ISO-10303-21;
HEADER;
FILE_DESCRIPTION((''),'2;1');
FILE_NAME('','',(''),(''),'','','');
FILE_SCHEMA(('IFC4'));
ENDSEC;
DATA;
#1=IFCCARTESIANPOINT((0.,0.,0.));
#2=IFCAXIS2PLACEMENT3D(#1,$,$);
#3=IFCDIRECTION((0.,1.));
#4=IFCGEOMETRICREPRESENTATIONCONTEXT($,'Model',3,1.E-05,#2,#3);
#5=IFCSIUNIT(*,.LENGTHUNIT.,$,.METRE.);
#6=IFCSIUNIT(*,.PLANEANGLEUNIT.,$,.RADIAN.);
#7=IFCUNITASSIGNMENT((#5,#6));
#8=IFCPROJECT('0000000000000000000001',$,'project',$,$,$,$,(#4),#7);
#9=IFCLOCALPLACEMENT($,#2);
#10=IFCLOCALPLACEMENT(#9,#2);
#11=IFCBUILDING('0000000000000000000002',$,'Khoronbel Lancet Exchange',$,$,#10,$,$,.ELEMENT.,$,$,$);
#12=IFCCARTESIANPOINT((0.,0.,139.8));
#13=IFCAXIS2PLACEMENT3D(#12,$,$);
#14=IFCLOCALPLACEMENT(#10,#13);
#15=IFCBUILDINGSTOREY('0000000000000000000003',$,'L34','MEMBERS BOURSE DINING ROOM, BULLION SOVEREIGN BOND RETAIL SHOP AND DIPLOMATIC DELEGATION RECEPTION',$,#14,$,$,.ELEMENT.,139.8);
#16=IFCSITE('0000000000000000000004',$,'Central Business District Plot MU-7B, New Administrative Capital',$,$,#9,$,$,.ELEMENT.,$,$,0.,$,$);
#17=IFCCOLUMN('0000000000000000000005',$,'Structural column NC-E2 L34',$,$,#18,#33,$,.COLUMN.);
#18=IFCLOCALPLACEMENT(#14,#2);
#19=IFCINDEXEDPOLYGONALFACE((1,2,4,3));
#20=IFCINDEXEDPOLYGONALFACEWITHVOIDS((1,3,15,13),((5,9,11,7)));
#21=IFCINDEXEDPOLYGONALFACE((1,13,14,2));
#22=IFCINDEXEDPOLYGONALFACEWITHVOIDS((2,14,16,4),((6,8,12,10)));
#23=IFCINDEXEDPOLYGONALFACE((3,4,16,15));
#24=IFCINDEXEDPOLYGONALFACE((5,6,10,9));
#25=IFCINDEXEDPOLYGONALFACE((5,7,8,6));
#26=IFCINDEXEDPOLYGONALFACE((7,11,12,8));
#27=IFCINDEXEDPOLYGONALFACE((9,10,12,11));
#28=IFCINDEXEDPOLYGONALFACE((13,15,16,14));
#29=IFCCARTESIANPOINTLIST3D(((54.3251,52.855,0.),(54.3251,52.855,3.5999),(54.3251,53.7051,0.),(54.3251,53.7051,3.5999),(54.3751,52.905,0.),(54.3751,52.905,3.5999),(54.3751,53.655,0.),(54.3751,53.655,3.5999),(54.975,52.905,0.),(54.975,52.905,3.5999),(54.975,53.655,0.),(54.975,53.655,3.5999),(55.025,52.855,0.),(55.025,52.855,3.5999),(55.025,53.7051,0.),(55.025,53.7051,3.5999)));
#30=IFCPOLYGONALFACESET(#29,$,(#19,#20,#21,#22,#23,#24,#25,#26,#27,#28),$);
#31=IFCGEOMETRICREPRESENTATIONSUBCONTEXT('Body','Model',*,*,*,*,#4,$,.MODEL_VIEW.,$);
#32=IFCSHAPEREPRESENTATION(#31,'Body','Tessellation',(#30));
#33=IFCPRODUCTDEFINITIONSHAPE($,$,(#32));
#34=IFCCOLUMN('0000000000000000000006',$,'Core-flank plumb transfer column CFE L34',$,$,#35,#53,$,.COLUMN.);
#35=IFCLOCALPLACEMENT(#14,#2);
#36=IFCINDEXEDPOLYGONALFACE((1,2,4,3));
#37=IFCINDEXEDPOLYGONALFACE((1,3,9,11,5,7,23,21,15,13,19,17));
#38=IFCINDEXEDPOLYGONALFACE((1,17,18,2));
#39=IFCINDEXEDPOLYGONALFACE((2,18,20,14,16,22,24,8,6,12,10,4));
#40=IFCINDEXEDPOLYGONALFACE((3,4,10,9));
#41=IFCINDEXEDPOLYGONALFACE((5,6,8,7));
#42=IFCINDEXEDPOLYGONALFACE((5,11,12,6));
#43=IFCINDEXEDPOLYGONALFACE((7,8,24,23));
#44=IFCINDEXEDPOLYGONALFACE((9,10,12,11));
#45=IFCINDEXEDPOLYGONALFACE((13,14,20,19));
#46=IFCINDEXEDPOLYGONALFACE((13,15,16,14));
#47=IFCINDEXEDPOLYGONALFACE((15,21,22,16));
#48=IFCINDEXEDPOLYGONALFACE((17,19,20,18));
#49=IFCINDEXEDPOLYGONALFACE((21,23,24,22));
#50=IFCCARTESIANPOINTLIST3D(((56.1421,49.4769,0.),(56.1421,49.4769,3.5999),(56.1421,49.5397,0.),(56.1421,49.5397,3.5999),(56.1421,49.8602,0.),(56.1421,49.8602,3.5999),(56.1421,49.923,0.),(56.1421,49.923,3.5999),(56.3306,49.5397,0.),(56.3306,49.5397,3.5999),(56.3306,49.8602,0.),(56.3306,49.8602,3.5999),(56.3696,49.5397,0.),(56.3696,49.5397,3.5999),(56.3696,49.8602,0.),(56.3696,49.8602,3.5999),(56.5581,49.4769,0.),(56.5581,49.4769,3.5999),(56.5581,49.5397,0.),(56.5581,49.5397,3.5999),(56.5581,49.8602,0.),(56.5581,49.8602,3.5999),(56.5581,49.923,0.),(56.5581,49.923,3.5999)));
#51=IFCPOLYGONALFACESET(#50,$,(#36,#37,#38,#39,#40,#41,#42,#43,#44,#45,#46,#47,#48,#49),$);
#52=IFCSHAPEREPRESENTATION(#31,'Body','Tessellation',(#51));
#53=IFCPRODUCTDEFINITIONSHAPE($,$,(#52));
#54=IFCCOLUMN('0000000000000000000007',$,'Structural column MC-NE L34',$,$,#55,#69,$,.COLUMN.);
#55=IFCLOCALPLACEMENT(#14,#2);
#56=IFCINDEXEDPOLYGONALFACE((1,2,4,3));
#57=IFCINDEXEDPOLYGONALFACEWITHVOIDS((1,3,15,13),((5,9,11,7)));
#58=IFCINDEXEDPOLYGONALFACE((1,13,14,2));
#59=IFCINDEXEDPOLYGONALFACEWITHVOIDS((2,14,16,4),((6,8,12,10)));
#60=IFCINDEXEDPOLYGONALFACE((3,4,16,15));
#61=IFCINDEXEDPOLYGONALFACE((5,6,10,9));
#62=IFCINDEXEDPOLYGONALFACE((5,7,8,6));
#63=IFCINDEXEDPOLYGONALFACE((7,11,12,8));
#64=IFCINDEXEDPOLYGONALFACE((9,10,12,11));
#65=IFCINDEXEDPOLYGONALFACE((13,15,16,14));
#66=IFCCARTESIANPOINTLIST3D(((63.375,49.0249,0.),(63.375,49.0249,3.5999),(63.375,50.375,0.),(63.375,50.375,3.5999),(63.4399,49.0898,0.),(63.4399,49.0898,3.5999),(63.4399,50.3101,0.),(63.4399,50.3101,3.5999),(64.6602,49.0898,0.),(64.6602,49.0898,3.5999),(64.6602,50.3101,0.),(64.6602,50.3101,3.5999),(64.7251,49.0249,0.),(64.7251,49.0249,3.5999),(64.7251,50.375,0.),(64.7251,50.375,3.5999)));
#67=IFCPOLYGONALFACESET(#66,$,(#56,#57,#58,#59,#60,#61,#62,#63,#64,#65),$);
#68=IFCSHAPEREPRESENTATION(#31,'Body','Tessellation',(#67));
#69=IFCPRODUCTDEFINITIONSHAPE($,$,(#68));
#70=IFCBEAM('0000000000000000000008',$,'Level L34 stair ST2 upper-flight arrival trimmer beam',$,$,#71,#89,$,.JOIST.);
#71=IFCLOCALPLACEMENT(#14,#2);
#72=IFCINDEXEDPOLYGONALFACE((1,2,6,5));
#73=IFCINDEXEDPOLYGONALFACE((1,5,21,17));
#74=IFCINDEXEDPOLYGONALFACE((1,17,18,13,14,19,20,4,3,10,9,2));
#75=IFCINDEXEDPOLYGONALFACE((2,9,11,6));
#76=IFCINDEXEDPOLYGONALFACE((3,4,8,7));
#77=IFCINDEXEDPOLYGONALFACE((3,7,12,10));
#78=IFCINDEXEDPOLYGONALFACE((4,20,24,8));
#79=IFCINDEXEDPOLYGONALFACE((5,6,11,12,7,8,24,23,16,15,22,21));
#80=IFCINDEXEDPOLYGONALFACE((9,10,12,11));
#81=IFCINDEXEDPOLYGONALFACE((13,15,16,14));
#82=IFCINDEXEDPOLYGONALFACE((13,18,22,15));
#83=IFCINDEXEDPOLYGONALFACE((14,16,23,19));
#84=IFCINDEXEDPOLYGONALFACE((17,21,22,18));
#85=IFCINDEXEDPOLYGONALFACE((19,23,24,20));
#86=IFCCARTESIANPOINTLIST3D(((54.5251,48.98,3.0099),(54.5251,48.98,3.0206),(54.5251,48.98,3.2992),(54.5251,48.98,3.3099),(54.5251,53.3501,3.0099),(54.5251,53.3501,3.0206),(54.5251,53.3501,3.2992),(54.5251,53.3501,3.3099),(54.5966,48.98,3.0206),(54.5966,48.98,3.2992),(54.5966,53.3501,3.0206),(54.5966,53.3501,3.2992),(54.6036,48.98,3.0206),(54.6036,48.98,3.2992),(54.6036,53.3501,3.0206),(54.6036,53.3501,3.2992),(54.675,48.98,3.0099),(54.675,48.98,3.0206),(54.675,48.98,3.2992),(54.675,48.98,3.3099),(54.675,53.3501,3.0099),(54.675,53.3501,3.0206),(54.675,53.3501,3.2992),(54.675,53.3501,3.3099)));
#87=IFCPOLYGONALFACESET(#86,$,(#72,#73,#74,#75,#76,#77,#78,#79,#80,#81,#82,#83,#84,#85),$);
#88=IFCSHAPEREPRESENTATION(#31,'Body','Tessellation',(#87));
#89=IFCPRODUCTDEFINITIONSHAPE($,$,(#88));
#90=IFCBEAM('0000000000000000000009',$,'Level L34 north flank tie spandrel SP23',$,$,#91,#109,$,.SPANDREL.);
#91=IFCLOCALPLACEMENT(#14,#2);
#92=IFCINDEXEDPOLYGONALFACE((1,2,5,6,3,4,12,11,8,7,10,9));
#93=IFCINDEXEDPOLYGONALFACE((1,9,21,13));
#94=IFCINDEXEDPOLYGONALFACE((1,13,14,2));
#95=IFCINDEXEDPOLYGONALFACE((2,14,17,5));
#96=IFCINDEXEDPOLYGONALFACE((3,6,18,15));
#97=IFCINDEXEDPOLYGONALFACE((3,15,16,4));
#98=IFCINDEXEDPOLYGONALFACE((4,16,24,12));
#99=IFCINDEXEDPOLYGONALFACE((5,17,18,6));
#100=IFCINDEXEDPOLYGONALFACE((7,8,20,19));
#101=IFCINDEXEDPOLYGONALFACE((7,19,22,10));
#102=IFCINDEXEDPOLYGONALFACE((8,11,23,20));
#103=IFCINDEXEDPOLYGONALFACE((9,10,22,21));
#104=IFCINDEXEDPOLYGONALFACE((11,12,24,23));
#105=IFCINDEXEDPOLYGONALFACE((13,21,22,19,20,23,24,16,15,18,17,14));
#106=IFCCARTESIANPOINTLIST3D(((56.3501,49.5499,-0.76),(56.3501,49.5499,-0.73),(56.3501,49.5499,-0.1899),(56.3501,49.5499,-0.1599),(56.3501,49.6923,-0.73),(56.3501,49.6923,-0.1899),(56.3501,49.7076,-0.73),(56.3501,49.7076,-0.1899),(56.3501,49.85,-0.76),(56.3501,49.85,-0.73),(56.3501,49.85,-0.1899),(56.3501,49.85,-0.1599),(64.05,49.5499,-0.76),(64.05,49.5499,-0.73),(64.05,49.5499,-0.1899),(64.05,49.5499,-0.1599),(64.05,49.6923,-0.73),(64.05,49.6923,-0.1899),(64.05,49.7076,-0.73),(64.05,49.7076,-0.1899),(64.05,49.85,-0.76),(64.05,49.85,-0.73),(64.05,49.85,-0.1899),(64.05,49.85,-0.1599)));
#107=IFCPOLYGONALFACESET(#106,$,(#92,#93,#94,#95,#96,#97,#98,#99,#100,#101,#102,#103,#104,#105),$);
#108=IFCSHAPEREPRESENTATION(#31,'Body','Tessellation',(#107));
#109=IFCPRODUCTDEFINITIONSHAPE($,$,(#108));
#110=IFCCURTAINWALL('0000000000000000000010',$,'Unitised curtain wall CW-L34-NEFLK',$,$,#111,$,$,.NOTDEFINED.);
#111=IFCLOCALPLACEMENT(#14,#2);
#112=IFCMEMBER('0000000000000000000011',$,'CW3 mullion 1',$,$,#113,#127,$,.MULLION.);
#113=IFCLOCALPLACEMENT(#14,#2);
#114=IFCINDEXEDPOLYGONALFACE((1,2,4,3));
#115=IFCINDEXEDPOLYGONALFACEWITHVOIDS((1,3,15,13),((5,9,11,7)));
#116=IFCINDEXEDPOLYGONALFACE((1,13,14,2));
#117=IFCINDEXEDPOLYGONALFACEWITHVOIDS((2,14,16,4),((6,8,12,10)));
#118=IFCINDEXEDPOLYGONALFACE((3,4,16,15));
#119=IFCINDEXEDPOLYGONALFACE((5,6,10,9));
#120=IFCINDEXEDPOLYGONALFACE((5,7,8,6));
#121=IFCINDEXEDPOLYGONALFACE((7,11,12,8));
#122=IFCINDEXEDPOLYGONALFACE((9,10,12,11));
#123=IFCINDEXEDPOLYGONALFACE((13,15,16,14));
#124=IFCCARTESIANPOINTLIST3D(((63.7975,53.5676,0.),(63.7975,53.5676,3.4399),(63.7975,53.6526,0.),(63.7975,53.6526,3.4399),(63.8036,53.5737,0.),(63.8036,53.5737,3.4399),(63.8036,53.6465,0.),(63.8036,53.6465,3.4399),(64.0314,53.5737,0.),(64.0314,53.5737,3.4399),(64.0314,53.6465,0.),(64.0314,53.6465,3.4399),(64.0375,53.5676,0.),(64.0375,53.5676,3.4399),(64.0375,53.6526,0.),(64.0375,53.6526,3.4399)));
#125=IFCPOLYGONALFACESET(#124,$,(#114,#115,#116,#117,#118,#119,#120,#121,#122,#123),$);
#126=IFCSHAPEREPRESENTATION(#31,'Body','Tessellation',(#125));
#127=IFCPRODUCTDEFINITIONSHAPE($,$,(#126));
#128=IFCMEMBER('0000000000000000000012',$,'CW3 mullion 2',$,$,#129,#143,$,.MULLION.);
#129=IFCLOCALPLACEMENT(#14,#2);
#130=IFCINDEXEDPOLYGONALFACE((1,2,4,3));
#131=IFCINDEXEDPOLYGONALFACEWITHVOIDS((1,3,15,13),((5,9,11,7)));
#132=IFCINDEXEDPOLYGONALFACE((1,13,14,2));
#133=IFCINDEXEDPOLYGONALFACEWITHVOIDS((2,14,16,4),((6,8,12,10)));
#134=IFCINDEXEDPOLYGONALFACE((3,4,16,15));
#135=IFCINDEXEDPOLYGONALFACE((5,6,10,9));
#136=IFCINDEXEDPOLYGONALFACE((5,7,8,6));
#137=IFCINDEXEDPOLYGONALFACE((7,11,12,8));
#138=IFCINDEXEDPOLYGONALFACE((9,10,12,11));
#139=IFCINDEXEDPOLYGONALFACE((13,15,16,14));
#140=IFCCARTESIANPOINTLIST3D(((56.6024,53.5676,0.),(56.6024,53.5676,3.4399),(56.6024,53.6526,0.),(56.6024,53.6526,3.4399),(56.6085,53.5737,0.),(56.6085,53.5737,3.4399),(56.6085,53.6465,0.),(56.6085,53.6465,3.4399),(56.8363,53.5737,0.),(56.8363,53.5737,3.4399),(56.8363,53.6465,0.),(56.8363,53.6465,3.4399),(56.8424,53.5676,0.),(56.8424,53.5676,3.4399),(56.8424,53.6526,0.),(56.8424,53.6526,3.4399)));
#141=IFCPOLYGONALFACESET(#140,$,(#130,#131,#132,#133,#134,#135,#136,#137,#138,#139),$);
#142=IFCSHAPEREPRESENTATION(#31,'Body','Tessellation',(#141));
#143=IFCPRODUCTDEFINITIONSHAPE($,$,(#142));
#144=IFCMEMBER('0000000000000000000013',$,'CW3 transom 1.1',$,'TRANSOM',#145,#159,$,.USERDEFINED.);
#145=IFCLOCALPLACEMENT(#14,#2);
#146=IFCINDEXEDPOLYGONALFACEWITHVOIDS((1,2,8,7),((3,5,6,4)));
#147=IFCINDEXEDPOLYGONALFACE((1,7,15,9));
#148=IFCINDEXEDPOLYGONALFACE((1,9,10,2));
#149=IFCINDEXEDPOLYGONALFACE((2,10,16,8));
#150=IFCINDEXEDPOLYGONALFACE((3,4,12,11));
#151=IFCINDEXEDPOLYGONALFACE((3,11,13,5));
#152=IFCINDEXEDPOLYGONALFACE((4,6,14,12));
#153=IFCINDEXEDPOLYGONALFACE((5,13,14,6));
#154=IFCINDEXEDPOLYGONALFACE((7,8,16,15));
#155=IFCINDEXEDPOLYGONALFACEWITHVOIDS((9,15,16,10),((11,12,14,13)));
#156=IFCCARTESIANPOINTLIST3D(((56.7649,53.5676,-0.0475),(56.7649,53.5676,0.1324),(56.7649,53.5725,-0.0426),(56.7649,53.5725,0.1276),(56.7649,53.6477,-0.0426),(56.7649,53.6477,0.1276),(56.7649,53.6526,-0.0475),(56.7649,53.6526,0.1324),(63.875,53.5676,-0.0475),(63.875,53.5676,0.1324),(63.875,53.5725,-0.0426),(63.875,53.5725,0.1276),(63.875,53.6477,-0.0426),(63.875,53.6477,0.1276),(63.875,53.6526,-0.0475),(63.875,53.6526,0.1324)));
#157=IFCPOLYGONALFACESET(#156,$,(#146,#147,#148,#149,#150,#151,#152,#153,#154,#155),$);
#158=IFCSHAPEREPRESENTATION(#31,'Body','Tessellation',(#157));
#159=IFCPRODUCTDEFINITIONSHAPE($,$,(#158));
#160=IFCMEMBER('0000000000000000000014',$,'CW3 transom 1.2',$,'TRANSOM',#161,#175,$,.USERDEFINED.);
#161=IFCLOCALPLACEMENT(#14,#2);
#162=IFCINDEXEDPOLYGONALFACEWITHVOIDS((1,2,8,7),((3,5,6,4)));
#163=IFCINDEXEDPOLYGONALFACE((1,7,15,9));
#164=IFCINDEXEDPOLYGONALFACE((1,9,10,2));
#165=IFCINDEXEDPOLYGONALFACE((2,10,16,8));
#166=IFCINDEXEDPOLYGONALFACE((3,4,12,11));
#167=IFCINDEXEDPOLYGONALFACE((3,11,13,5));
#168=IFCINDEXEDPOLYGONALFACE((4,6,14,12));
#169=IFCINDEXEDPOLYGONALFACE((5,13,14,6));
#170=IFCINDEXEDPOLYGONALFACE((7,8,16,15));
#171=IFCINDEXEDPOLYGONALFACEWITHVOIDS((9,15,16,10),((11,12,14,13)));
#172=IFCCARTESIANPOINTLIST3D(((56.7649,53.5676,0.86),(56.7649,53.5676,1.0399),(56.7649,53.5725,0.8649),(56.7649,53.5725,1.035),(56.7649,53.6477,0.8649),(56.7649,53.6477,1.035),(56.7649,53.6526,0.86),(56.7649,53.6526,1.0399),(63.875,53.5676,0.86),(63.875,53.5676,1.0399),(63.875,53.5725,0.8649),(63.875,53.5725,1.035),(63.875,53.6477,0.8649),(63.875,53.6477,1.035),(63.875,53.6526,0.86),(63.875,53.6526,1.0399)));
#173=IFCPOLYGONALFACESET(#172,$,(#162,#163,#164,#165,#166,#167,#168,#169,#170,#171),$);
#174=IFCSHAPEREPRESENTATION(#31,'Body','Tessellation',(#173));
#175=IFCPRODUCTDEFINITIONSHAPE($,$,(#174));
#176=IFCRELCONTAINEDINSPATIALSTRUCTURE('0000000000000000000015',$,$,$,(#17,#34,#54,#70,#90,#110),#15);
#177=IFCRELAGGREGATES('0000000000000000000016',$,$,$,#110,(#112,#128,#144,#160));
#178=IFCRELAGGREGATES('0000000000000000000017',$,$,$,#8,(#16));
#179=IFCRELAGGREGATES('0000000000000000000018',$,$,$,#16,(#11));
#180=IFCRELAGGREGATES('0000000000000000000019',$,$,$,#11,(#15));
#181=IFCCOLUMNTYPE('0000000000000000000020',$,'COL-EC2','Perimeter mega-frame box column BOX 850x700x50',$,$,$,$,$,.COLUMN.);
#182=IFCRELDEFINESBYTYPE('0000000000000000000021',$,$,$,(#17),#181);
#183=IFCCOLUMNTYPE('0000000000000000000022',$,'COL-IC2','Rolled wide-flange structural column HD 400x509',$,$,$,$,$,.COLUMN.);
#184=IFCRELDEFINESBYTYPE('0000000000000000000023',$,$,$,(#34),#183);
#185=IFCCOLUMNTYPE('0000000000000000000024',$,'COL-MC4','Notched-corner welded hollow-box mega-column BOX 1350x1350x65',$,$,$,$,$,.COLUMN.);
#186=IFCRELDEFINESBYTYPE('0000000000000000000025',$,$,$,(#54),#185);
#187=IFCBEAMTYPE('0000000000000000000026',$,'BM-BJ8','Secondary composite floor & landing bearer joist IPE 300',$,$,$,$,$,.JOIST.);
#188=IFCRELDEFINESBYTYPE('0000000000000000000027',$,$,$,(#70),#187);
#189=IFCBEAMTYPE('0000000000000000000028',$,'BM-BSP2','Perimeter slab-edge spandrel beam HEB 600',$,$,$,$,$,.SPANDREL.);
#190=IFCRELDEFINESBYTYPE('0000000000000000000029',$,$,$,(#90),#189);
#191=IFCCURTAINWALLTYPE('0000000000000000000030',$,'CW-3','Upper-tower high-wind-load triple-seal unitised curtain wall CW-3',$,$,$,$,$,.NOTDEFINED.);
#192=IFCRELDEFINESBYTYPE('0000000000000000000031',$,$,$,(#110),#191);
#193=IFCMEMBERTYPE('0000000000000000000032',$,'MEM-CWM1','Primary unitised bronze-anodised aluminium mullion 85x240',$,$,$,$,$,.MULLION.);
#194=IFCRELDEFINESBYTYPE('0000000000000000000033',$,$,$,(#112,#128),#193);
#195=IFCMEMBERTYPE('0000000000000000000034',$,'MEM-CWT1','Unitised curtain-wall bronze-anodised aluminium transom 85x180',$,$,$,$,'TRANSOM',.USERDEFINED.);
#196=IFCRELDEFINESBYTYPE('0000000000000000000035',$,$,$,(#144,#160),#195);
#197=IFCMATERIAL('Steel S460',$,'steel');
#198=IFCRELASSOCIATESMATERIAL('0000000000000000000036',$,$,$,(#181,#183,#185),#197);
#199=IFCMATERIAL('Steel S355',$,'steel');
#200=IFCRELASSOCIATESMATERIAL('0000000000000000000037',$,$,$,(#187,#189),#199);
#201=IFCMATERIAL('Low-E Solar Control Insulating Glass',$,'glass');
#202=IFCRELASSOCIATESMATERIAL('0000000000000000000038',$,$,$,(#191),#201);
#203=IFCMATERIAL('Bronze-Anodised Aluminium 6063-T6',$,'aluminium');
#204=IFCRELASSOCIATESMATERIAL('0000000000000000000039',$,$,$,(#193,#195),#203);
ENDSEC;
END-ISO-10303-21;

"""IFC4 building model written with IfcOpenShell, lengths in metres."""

from ifc_helpers import new_model, si_unit, direction, frame, origin, origin_2d, place, context, subcontext, project, spatial, hollow_rectangle, i_section, extrude, material, material_profile, profile_set, type_object, element, aggregate, save


model = new_model("IFC4")

# Units and contexts
model_context = context("Model", 3, precision=1e-05, world=origin(), true_north=direction((0.0, 1.0)))
body_context = subcontext(model_context, "Body", "Model", "MODEL_VIEW")
ifc_project = project(units=[si_unit("LENGTHUNIT", "METRE"), si_unit("PLANEANGLEUNIT", "RADIAN")], contexts=[model_context])

# Site, building, storey
site_placement = place(None, origin())
site = spatial("IfcSite", under=ifc_project, at=site_placement, Name="Central Business District Plot MU-7B, New Administrative Capital", CompositionType="ELEMENT", RefElevation=0.0)
building_placement = place(site_placement, origin())
building = spatial("IfcBuilding", under=site, at=building_placement, Name="Khoronbel Lancet Exchange", CompositionType="ELEMENT")
storey_placement = place(building_placement, frame((0.0, 0.0, 139.8)))
storey = spatial("IfcBuildingStorey", under=building, at=storey_placement, Name="L34", Description="MEMBERS BOURSE DINING ROOM, BULLION SOVEREIGN BOND RETAIL SHOP AND DIPLOMATIC DELEGATION RECEPTION", CompositionType="ELEMENT", Elevation=139.8)

# Columns
ifc_material_1 = material(Name="Steel S460", Category="steel")
ifc_material_profile_1 = material_profile(ifc_material_1, hollow_rectangle(XDim=0.7, YDim=0.8501, WallThickness=0.05, at=origin_2d()), Name="BOX 850x700x50")
ifc_profile_set_1 = profile_set([ifc_material_profile_1], Name="Steel S460")
column_type_1 = type_object("IfcColumnType", Name="COL-EC2", Description="Perimeter mega-frame box column BOX 850x700x50", PredefinedType="COLUMN", material=ifc_profile_set_1)
column_1_placement = place(storey_placement, frame((54.675, 53.28, 0.0), z_axis=(0.0, 0.0, 1.0), x_axis=(1.0, 0.0, 0.0)))
element("IfcColumn", 1, at=column_1_placement, inside=storey, type_object=column_type_1, Name="Structural column NC-E2 L34", PredefinedType="COLUMN", context=body_context, shape_type="SweptSolid", body=[
    extrude(hollow_rectangle(XDim=0.7, YDim=0.8501, WallThickness=0.05, at=origin_2d()), origin(), (0.0, 0.0, 1.0), 3.5999),
])
ifc_material_profile_2 = material_profile(ifc_material_1, i_section(OverallWidth=0.416, OverallDepth=0.446, WebThickness=0.0391, FlangeThickness=0.0627, at=origin_2d()), Name="HD 400x509")
ifc_profile_set_2 = profile_set([ifc_material_profile_2], Name="Steel S460")
column_type_2 = type_object("IfcColumnType", Name="COL-IC2", Description="Rolled wide-flange structural column HD 400x509", PredefinedType="COLUMN", material=ifc_profile_set_2)
column_2_placement = place(storey_placement, frame((56.3501, 49.7, 0.0), z_axis=(0.0, 0.0, 1.0), x_axis=(1.0, 0.0, 0.0)))
element("IfcColumn", 2, at=column_2_placement, inside=storey, type_object=column_type_2, Name="Core-flank plumb transfer column CFE L34", PredefinedType="COLUMN", context=body_context, shape_type="SweptSolid", body=[
    extrude(i_section(OverallWidth=0.416, OverallDepth=0.446, WebThickness=0.0391, FlangeThickness=0.0627, at=origin_2d()), origin(), (0.0, 0.0, 1.0), 3.5999),
])
ifc_material_profile_3 = material_profile(ifc_material_1, hollow_rectangle(XDim=1.3501, YDim=1.3501, WallThickness=0.0649, at=origin_2d()), Name="BOX 1350x1350x65")
ifc_profile_set_3 = profile_set([ifc_material_profile_3], Name="Steel S460")
column_type_3 = type_object("IfcColumnType", Name="COL-MC4", Description="Notched-corner welded hollow-box mega-column BOX 1350x1350x65", PredefinedType="COLUMN", material=ifc_profile_set_3)
column_3_placement = place(storey_placement, frame((64.05, 49.7, 0.0), z_axis=(0.0, 0.0, 1.0), x_axis=(1.0, 0.0, 0.0)))
element("IfcColumn", 3, at=column_3_placement, inside=storey, type_object=column_type_3, Name="Structural column MC-NE L34", PredefinedType="COLUMN", context=body_context, shape_type="SweptSolid", body=[
    extrude(hollow_rectangle(XDim=1.3501, YDim=1.3501, WallThickness=0.0649, at=origin_2d()), origin(), (0.0, 0.0, 1.0), 3.5999),
])

# Beams
ifc_material_2 = material(Name="Steel S355", Category="steel")
ifc_material_profile_4 = material_profile(ifc_material_2, i_section(OverallWidth=0.1499, OverallDepth=0.3, WebThickness=0.0071, FlangeThickness=0.0107, at=origin_2d()), Name="IPE 300")
ifc_profile_set_4 = profile_set([ifc_material_profile_4], Name="Steel S355")
beam_type_1 = type_object("IfcBeamType", Name="BM-BJ8", Description="Secondary composite floor & landing bearer joist IPE 300", PredefinedType="JOIST", material=ifc_profile_set_4)
beam_1_placement = place(storey_placement, frame((54.6001, 48.98, 3.1599), z_axis=(0.0, 1.0, 0.0), x_axis=(-1.0, 0.0, 0.0)))
element("IfcBeam", 4, at=beam_1_placement, inside=storey, type_object=beam_type_1, Name="Level L34 stair ST2 upper-flight arrival trimmer beam", PredefinedType="JOIST", context=body_context, shape_type="SweptSolid", body=[
    extrude(i_section(OverallWidth=0.1499, OverallDepth=0.3, WebThickness=0.0071, FlangeThickness=0.0107, at=origin_2d()), origin(), (0.0, 0.0, 1.0), 4.3701),
])
ifc_material_profile_5 = material_profile(ifc_material_2, i_section(OverallWidth=0.3, OverallDepth=0.6001, WebThickness=0.0154, FlangeThickness=0.03, at=origin_2d()), Name="HEB 600")
ifc_profile_set_5 = profile_set([ifc_material_profile_5], Name="Steel S355")
beam_type_2 = type_object("IfcBeamType", Name="BM-BSP2", Description="Perimeter slab-edge spandrel beam HEB 600", PredefinedType="SPANDREL", material=ifc_profile_set_5)
beam_2_placement = place(storey_placement, frame((64.05, 49.7, -0.46), z_axis=(-1.0, 0.0, 0.0), x_axis=(0.0, -1.0, 0.0)))
element("IfcBeam", 5, at=beam_2_placement, inside=storey, type_object=beam_type_2, Name="Level L34 north flank tie spandrel SP23", PredefinedType="SPANDREL", context=body_context, shape_type="SweptSolid", body=[
    extrude(i_section(OverallWidth=0.3, OverallDepth=0.6001, WebThickness=0.0154, FlangeThickness=0.03, at=origin_2d()), origin(), (0.0, 0.0, 1.0), 7.7),
])

# Curtain wall, members
ifc_material_3 = material(Name="Low-E Solar Control Insulating Glass", Category="glass")
curtain_wall_type = type_object("IfcCurtainWallType", Name="CW-3", Description="Upper-tower high-wind-load triple-seal unitised curtain wall CW-3", PredefinedType="NOTDEFINED", material=ifc_material_3)
curtain_wall_placement = place(storey_placement, origin())
curtain_wall = element("IfcCurtainWall", 6, at=curtain_wall_placement, inside=storey, type_object=curtain_wall_type, Name="Unitised curtain wall CW-L34-NEFLK", PredefinedType="NOTDEFINED")
ifc_material_4 = material(Name="Bronze-Anodised Aluminium 6063-T6", Category="aluminium")
ifc_material_profile_6 = material_profile(ifc_material_4, hollow_rectangle(XDim=0.085, YDim=0.24, WallThickness=0.0061, at=origin_2d()), Name="ALU MULLION 85x240")
ifc_profile_set_6 = profile_set([ifc_material_profile_6], Name="Bronze-Anodised Aluminium 6063-T6")
member_type_1 = type_object("IfcMemberType", Name="MEM-CWM1", Description="Primary unitised bronze-anodised aluminium mullion 85x240", PredefinedType="MULLION", material=ifc_profile_set_6)
member_1_placement = place(storey_placement, frame((63.9175, 53.6101, 0.0), z_axis=(0.0, 0.0, 1.0), x_axis=(0.0, -1.0, 0.0)))
member_1 = element("IfcMember", 7, at=member_1_placement, type_object=member_type_1, Name="CW3 mullion 1", PredefinedType="MULLION", context=body_context, shape_type="SweptSolid", body=[
    extrude(hollow_rectangle(XDim=0.085, YDim=0.24, WallThickness=0.0061, at=origin_2d()), origin(), (0.0, 0.0, 1.0), 3.4399),
])
member_2_placement = place(storey_placement, frame((56.7224, 53.6101, 0.0), z_axis=(0.0, 0.0, 1.0), x_axis=(0.0, -1.0, 0.0)))
member_2 = element("IfcMember", 8, at=member_2_placement, type_object=member_type_1, Name="CW3 mullion 2", PredefinedType="MULLION", context=body_context, shape_type="SweptSolid", body=[
    extrude(hollow_rectangle(XDim=0.085, YDim=0.24, WallThickness=0.0061, at=origin_2d()), origin(), (0.0, 0.0, 1.0), 3.4399),
])
ifc_material_profile_7 = material_profile(ifc_material_4, hollow_rectangle(XDim=0.085, YDim=0.1799, WallThickness=0.0049, at=origin_2d()), Name="ALU TRANSOM 85x180")
ifc_profile_set_7 = profile_set([ifc_material_profile_7], Name="Bronze-Anodised Aluminium 6063-T6")
member_type_2 = type_object("IfcMemberType", Name="MEM-CWT1", Description="Unitised curtain-wall bronze-anodised aluminium transom 85x180", ElementType="TRANSOM", PredefinedType="USERDEFINED", material=ifc_profile_set_7)
member_3_placement = place(storey_placement, frame((63.875, 53.6101, 0.0425), z_axis=(-1.0, 0.0, 0.0), x_axis=(0.0, -1.0, 0.0)))
member_3 = element("IfcMember", 9, at=member_3_placement, type_object=member_type_2, Name="CW3 transom 1.1", ObjectType="TRANSOM", PredefinedType="USERDEFINED", context=body_context, shape_type="SweptSolid", body=[
    extrude(hollow_rectangle(XDim=0.085, YDim=0.1799, WallThickness=0.0049, at=origin_2d()), origin(), (0.0, 0.0, 1.0), 7.1101),
])
member_4_placement = place(storey_placement, frame((63.875, 53.6101, 0.95), z_axis=(-1.0, 0.0, 0.0), x_axis=(0.0, -1.0, 0.0)))
member_4 = element("IfcMember", 10, at=member_4_placement, type_object=member_type_2, Name="CW3 transom 1.2", ObjectType="TRANSOM", PredefinedType="USERDEFINED", context=body_context, shape_type="SweptSolid", body=[
    extrude(hollow_rectangle(XDim=0.085, YDim=0.1799, WallThickness=0.0049, at=origin_2d()), origin(), (0.0, 0.0, 1.0), 7.1101),
])
aggregate(curtain_wall, [member_1, member_2, member_3, member_4])

save(model, "model.ifc")
